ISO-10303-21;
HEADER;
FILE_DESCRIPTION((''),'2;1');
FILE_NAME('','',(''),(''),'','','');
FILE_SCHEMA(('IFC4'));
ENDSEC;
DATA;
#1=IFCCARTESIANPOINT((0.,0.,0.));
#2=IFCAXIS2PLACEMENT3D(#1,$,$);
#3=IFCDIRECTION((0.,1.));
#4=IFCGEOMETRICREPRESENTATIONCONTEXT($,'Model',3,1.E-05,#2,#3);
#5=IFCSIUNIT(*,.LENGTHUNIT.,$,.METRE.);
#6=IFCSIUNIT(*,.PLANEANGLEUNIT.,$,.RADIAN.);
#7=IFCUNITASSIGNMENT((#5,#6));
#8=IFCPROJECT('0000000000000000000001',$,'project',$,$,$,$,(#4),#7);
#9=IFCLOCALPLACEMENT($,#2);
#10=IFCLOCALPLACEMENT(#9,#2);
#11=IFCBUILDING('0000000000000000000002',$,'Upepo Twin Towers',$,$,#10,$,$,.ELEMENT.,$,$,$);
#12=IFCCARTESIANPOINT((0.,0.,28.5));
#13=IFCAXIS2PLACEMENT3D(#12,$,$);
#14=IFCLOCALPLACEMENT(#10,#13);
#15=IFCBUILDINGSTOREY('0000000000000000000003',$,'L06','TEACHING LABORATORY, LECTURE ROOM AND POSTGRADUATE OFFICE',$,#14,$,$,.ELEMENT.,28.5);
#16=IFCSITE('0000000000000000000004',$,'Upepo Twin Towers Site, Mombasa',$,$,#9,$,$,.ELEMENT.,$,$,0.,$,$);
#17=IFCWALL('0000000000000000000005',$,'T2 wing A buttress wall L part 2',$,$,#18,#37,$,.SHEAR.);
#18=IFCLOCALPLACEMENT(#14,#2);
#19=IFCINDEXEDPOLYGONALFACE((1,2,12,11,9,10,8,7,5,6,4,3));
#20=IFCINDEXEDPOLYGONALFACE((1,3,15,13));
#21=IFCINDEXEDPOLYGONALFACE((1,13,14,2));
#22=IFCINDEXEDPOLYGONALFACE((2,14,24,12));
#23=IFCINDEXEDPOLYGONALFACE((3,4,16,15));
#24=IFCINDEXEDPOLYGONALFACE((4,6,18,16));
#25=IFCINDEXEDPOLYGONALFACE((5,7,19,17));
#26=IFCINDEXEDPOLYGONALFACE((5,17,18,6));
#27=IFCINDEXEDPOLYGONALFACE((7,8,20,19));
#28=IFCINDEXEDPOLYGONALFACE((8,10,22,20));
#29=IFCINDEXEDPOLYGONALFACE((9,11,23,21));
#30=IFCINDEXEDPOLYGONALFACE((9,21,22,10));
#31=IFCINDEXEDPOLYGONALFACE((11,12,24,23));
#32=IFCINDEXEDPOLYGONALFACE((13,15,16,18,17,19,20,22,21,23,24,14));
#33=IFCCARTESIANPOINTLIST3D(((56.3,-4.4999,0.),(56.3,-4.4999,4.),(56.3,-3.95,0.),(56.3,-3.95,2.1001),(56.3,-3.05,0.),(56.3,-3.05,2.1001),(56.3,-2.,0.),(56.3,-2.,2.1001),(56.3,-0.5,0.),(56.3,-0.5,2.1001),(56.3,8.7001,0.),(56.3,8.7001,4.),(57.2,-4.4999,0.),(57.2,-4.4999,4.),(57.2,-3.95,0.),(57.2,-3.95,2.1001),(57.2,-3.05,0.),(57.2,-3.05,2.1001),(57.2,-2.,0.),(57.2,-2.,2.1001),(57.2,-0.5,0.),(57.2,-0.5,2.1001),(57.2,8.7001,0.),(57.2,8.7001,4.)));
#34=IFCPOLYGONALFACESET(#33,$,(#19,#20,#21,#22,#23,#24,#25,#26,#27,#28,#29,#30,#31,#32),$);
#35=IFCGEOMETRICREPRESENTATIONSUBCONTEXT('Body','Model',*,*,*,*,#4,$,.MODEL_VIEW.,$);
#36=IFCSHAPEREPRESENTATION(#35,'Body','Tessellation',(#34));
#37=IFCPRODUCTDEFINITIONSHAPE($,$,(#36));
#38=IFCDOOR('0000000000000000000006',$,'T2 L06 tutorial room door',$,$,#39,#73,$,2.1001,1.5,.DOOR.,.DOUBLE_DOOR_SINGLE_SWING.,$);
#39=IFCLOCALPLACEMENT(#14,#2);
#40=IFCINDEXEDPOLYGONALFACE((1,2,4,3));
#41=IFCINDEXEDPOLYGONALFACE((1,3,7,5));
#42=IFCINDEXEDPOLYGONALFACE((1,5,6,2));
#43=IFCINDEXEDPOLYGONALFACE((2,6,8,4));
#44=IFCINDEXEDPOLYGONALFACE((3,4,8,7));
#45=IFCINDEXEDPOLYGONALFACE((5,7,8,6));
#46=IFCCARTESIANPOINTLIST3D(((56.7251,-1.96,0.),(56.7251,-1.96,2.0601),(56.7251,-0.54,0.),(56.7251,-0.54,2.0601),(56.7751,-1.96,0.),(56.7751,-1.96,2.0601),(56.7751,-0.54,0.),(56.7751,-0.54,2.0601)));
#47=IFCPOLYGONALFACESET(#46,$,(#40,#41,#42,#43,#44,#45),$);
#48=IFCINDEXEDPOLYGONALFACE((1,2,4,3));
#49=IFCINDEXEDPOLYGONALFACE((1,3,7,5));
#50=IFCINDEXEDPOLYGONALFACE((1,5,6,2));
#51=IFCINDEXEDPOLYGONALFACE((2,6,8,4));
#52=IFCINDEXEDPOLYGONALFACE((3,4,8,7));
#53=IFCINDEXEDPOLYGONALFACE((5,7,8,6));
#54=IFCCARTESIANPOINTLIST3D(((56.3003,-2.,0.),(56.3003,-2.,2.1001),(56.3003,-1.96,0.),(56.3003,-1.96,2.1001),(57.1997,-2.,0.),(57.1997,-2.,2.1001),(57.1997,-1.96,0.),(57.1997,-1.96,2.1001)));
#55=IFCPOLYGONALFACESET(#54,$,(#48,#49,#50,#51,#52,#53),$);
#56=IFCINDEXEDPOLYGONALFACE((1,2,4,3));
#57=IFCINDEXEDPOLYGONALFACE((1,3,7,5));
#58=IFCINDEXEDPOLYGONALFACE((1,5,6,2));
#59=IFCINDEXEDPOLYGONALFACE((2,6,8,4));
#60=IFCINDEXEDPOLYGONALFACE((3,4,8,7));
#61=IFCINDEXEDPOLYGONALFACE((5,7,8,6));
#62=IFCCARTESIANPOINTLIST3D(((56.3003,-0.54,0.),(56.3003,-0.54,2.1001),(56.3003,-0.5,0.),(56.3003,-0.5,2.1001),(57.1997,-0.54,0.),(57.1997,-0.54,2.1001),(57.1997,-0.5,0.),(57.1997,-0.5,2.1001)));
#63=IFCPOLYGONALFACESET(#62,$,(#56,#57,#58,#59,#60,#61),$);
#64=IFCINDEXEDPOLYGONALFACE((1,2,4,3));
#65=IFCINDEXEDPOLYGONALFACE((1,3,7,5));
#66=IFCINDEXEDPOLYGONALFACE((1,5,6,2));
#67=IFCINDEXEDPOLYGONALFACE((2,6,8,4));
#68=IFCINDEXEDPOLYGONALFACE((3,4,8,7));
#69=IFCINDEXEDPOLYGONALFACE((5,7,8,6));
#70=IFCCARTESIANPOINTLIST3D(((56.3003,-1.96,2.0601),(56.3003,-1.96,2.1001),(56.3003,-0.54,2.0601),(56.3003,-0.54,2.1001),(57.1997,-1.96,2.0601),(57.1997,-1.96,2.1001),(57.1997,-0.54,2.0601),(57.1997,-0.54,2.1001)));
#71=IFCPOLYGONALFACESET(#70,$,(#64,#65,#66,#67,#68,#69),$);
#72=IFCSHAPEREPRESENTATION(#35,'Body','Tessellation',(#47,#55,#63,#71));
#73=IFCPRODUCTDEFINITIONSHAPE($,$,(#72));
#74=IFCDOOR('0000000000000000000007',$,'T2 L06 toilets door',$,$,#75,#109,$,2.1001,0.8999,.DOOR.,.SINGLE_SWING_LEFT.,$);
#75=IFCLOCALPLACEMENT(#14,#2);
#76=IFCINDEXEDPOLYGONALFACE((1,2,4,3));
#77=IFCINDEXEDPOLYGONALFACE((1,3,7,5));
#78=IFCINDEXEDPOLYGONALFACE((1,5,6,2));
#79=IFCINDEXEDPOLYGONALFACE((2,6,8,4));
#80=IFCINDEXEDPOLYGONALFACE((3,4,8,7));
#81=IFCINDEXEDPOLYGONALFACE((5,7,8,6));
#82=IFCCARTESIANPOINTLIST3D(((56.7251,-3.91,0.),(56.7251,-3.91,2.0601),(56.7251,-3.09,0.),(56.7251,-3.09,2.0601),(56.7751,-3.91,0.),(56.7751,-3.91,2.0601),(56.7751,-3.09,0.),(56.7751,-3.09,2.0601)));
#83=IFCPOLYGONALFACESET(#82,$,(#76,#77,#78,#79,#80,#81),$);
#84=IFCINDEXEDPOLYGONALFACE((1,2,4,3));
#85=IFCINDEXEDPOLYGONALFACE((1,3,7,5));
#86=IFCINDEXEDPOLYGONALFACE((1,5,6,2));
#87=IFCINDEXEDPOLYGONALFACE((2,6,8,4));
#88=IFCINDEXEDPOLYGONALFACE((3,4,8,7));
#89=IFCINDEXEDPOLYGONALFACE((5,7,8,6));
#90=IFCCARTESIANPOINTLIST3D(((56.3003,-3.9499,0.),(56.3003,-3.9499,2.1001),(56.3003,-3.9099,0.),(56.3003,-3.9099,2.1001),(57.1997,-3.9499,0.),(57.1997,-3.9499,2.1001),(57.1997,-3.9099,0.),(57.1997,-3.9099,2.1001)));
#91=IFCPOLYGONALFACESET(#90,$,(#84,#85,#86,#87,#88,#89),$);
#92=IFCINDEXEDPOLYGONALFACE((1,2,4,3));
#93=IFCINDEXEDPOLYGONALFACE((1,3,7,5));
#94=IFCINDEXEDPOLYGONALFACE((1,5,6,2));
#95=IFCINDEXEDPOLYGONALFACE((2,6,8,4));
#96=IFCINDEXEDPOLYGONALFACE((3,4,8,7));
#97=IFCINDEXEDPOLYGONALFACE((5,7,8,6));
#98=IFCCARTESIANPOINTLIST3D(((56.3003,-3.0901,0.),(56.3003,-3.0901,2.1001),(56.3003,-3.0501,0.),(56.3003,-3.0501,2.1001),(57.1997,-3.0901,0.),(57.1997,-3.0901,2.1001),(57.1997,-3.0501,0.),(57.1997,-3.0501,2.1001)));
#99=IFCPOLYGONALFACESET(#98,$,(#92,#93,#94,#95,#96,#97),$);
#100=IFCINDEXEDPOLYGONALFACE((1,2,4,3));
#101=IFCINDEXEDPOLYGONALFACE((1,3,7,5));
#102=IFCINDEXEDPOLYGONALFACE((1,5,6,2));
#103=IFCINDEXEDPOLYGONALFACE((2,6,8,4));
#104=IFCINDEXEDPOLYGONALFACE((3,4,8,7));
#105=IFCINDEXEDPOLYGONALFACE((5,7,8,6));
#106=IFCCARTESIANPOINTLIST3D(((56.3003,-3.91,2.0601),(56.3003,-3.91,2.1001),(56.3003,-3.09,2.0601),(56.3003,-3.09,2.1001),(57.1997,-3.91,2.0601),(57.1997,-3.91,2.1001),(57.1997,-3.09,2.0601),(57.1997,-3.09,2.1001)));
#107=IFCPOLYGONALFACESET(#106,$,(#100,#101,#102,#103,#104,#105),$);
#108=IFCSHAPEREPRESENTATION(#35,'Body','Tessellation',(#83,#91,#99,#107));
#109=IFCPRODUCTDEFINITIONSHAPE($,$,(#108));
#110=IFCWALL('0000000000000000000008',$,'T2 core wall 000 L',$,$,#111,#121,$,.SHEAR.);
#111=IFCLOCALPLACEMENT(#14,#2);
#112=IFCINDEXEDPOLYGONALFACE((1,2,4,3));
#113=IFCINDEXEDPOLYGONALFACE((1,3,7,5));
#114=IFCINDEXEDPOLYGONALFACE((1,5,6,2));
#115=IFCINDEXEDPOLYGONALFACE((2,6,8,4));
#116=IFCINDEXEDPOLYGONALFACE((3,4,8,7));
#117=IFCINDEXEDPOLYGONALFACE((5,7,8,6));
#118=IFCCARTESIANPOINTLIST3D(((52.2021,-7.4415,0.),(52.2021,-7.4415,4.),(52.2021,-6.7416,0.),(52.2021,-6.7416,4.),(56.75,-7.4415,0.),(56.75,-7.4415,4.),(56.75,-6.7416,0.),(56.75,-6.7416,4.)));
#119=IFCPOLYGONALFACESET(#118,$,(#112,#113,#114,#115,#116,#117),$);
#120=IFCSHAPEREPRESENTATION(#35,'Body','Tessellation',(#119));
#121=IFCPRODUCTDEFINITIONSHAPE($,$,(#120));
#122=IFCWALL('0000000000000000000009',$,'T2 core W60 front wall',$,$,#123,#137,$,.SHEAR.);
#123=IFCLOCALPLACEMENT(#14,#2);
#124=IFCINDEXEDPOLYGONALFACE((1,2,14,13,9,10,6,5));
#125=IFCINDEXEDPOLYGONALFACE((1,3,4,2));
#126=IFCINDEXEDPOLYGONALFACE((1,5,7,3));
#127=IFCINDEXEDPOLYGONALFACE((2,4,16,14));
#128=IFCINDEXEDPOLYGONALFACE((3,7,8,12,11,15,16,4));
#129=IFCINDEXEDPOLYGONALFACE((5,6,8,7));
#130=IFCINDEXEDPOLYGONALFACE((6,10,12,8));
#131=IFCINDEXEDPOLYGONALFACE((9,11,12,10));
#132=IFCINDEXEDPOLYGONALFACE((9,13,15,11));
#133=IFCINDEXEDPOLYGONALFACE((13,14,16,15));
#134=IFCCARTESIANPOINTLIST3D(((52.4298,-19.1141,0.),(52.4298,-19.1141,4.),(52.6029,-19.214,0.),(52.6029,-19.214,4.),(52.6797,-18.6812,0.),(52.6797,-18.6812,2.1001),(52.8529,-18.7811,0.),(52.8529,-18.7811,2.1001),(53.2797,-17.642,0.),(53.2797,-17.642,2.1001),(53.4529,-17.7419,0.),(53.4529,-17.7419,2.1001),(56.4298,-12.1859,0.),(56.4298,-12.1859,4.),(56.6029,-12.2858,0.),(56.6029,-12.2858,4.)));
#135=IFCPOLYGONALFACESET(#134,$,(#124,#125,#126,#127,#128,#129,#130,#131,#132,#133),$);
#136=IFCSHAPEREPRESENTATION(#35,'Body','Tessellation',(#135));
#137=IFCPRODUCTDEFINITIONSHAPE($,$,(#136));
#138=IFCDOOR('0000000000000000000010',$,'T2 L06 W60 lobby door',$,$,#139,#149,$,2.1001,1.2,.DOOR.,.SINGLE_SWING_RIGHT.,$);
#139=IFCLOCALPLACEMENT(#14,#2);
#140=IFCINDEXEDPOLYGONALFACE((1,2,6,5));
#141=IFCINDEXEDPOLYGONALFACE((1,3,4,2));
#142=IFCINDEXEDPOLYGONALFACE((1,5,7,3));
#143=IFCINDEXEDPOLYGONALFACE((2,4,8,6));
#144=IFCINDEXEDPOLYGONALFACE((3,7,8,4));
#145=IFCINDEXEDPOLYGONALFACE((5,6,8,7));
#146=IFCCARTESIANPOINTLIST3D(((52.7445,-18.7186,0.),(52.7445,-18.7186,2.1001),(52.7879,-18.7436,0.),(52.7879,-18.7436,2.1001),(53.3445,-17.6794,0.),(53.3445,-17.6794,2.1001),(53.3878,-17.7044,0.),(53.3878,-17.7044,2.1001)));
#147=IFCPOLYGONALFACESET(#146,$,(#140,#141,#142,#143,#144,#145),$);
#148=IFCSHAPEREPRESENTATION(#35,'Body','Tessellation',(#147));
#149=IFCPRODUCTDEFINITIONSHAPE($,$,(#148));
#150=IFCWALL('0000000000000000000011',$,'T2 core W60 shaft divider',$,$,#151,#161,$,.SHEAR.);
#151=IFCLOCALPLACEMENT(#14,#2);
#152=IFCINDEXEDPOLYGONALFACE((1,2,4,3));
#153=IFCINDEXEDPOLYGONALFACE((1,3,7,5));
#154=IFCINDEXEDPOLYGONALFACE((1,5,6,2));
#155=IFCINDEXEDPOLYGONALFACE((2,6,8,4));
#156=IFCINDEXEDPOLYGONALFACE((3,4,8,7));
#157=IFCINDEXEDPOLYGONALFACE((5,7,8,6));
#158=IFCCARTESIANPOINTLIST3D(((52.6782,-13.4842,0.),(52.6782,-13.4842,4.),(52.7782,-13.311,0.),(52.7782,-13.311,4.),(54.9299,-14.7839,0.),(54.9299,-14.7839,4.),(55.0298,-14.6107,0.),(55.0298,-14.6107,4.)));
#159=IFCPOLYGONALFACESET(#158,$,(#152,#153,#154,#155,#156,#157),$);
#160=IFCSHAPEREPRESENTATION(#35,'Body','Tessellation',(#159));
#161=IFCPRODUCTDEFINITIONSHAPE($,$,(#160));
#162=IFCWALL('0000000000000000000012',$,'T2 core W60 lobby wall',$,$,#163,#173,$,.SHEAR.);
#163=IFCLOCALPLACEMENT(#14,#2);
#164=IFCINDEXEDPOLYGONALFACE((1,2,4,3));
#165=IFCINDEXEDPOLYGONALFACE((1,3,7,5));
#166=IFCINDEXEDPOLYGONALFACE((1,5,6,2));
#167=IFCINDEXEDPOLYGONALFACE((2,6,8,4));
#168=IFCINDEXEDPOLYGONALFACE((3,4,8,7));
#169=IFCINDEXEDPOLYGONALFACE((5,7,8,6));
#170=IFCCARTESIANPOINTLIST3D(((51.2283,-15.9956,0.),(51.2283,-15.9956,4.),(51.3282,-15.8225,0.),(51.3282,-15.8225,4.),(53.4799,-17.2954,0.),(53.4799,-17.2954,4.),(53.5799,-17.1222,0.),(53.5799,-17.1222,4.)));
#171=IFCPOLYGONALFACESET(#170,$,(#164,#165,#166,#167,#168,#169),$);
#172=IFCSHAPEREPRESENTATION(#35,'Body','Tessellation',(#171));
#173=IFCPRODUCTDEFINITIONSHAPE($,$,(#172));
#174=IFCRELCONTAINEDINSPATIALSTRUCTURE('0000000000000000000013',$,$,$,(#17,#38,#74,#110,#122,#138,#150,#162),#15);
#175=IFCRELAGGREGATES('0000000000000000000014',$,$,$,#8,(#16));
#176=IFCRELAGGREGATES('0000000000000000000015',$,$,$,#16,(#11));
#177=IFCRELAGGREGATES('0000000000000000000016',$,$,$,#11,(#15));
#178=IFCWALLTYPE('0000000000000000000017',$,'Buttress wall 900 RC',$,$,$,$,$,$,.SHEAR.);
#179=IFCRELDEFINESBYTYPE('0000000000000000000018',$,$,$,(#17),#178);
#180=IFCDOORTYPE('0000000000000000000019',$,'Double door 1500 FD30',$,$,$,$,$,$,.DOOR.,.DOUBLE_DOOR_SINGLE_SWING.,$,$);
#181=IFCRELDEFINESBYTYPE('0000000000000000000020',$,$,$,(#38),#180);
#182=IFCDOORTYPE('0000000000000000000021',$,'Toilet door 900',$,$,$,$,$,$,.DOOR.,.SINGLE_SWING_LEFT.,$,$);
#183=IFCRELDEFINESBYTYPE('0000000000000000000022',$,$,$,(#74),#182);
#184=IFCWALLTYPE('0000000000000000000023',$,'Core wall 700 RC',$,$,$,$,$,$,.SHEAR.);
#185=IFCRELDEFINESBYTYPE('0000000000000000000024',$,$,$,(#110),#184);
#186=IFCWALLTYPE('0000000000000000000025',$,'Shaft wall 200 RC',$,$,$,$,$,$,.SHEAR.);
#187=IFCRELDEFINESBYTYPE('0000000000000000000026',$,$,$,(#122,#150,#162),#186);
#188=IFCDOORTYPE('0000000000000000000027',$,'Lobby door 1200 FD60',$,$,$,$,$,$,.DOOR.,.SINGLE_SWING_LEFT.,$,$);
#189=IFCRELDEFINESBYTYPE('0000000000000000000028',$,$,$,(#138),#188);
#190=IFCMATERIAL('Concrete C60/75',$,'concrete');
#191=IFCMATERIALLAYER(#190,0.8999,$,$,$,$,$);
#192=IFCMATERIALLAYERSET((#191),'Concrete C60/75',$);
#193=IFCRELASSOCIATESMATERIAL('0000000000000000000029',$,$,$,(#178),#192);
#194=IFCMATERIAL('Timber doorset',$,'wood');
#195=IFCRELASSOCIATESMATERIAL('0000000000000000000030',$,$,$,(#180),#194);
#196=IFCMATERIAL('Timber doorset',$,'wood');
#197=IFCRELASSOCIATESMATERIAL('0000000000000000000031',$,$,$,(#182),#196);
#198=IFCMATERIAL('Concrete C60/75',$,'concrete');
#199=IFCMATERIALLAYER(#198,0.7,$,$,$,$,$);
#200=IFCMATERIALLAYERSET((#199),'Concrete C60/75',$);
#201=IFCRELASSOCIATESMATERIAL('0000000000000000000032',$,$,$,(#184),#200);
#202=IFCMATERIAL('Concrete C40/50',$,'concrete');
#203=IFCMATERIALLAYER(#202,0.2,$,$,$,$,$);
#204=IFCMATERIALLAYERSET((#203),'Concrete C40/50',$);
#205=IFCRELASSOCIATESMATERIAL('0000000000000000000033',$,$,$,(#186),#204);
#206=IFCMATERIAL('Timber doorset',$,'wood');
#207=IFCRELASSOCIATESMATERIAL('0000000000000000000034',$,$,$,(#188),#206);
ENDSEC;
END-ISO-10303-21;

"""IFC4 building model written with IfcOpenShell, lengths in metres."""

from ifc_helpers import new_model, si_unit, direction, frame, frame_2d, origin, place, context, subcontext, project, spatial, rectangle, extrude, material, layer, layer_set, type_object, element, fill, save


model = new_model("IFC4")

# Units and contexts
model_context = context("Model", 3, precision=1e-05, world=origin(), true_north=direction((0.0, 1.0)))
body_context = subcontext(model_context, "Body", "Model", "MODEL_VIEW")
ifc_project = project(units=[si_unit("LENGTHUNIT", "METRE"), si_unit("PLANEANGLEUNIT", "RADIAN")], contexts=[model_context])

# Site, building, storey
site_placement = place(None, origin())
site = spatial("IfcSite", under=ifc_project, at=site_placement, Name="Upepo Twin Towers Site, Mombasa", CompositionType="ELEMENT", RefElevation=0.0)
building_placement = place(site_placement, origin())
building = spatial("IfcBuilding", under=site, at=building_placement, Name="Upepo Twin Towers", CompositionType="ELEMENT")
storey_placement = place(building_placement, frame((0.0, 0.0, 28.5)))
storey = spatial("IfcBuildingStorey", under=building, at=storey_placement, Name="L06", Description="TEACHING LABORATORY, LECTURE ROOM AND POSTGRADUATE OFFICE", CompositionType="ELEMENT", Elevation=28.5)

# Wall, openings, doors
ifc_material_1 = material(Name="Concrete C60/75", Category="concrete")
ifc_layer_1 = layer(ifc_material_1, 0.8999)
ifc_layer_set_1 = layer_set([ifc_layer_1], Name="Concrete C60/75")
wall_type_1 = type_object("IfcWallType", Name="Buttress wall 900 RC", PredefinedType="SHEAR", material=ifc_layer_set_1)
wall_1_placement = place(storey_placement, frame((56.75, -4.5, 0.0), z_axis=(0.0, 0.0, 1.0), x_axis=(0.0, 1.0, 0.0)))
wall_1 = element("IfcWall", 1, at=wall_1_placement, inside=storey, type_object=wall_type_1, Name="T2 wing A buttress wall L part 2", PredefinedType="SHEAR", context=body_context, shape_type="SweptSolid", body=[
    extrude(rectangle(XDim=13.2, YDim=0.8999, at=frame_2d((6.6001, 0.0))), origin(), (0.0, 0.0, 1.0), 4.0),
])
opening_1_placement = place(wall_1_placement, frame((0.55, 0.0, 0.0)))
opening_1 = element("IfcOpeningElement", 2, at=opening_1_placement, cuts=wall_1, PredefinedType="OPENING", context=body_context, shape_type="SweptSolid", body=[
    extrude(rectangle(XDim=0.8999, YDim=2.1001, at=frame_2d((0.45, 1.05))), frame((0.0, 0.46, 0.0), z_axis=(0.0, -1.0, 0.0), x_axis=(1.0, 0.0, 0.0)), (0.0, 0.0, 1.0), 0.9199),
])
opening_2_placement = place(wall_1_placement, frame((2.5, 0.0, 0.0)))
opening_2 = element("IfcOpeningElement", 3, at=opening_2_placement, cuts=wall_1, PredefinedType="OPENING", context=body_context, shape_type="SweptSolid", body=[
    extrude(rectangle(XDim=1.5, YDim=2.1001, at=frame_2d((0.75, 1.05))), frame((0.0, 0.46, 0.0), z_axis=(0.0, -1.0, 0.0), x_axis=(1.0, 0.0, 0.0)), (0.0, 0.0, 1.0), 0.9199),
])
ifc_material_2 = material(Name="Timber doorset", Category="wood")
door_type_1 = type_object("IfcDoorType", Name="Double door 1500 FD30", OperationType="DOUBLE_DOOR_SINGLE_SWING", PredefinedType="DOOR", material=ifc_material_2)
door_1_placement = place(opening_2_placement, origin())
door_1 = element("IfcDoor", 4, at=door_1_placement, inside=storey, type_object=door_type_1, Name="T2 L06 tutorial room door", OperationType="DOUBLE_DOOR_SINGLE_SWING", OverallHeight=2.1001, OverallWidth=1.5, PredefinedType="DOOR", context=body_context, shape_type="SweptSolid", body=[
    extrude(rectangle(XDim=1.42, YDim=2.0601, at=frame_2d((0.75, 1.03))), frame((0.0, 0.0249, 0.0), z_axis=(0.0, -1.0, 0.0), x_axis=(1.0, 0.0, 0.0)), (0.0, 0.0, 1.0), 0.05),
    extrude(rectangle(XDim=0.04, YDim=2.1001, at=frame_2d((0.02, 1.05))), frame((0.0, 0.4497, 0.0), z_axis=(0.0, -1.0, 0.0), x_axis=(1.0, 0.0, 0.0)), (0.0, 0.0, 1.0), 0.8994),
    extrude(rectangle(XDim=0.04, YDim=2.1001, at=frame_2d((1.48, 1.05))), frame((0.0, 0.4497, 0.0), z_axis=(0.0, -1.0, 0.0), x_axis=(1.0, 0.0, 0.0)), (0.0, 0.0, 1.0), 0.8994),
    extrude(rectangle(XDim=1.42, YDim=0.04, at=frame_2d((0.75, 2.0801))), frame((0.0, 0.4497, 0.0), z_axis=(0.0, -1.0, 0.0), x_axis=(1.0, 0.0, 0.0)), (0.0, 0.0, 1.0), 0.8994),
])
fill(opening_2, door_1)
ifc_material_3 = material(Name="Timber doorset", Category="wood")
door_type_2 = type_object("IfcDoorType", Name="Toilet door 900", OperationType="SINGLE_SWING_LEFT", PredefinedType="DOOR", material=ifc_material_3)
door_2_placement = place(opening_1_placement, origin())
door_2 = element("IfcDoor", 5, at=door_2_placement, inside=storey, type_object=door_type_2, Name="T2 L06 toilets door", OperationType="SINGLE_SWING_LEFT", OverallHeight=2.1001, OverallWidth=0.8999, PredefinedType="DOOR", context=body_context, shape_type="SweptSolid", body=[
    extrude(rectangle(XDim=0.8199, YDim=2.0601, at=frame_2d((0.45, 1.03))), frame((0.0, 0.0249, 0.0), z_axis=(0.0, -1.0, 0.0), x_axis=(1.0, 0.0, 0.0)), (0.0, 0.0, 1.0), 0.05),
    extrude(rectangle(XDim=0.04, YDim=2.1001, at=frame_2d((0.02, 1.05))), frame((0.0, 0.4497, 0.0), z_axis=(0.0, -1.0, 0.0), x_axis=(1.0, 0.0, 0.0)), (0.0, 0.0, 1.0), 0.8994),
    extrude(rectangle(XDim=0.04, YDim=2.1001, at=frame_2d((0.8799, 1.05))), frame((0.0, 0.4497, 0.0), z_axis=(0.0, -1.0, 0.0), x_axis=(1.0, 0.0, 0.0)), (0.0, 0.0, 1.0), 0.8994),
    extrude(rectangle(XDim=0.8199, YDim=0.04, at=frame_2d((0.45, 2.0801))), frame((0.0, 0.4497, 0.0), z_axis=(0.0, -1.0, 0.0), x_axis=(1.0, 0.0, 0.0)), (0.0, 0.0, 1.0), 0.8994),
])
fill(opening_1, door_2)

# Wall
ifc_material_4 = material(Name="Concrete C60/75", Category="concrete")
ifc_layer_2 = layer(ifc_material_4, 0.7)
ifc_layer_set_2 = layer_set([ifc_layer_2], Name="Concrete C60/75")
wall_type_2 = type_object("IfcWallType", Name="Core wall 700 RC", PredefinedType="SHEAR", material=ifc_layer_set_2)
wall_2_placement = place(storey_placement, frame((56.75, -7.0916, 0.0), z_axis=(0.0, 0.0, 1.0), x_axis=(-1.0, 0.0, 0.0)))
element("IfcWall", 6, at=wall_2_placement, inside=storey, type_object=wall_type_2, Name="T2 core wall 000 L", PredefinedType="SHEAR", context=body_context, shape_type="SweptSolid", body=[
    extrude(rectangle(XDim=4.5479, YDim=0.7, at=frame_2d((2.2739, 0.0))), origin(), (0.0, 0.0, 1.0), 4.0),
])

# Wall, opening, door
ifc_material_5 = material(Name="Concrete C40/50", Category="concrete")
ifc_layer_3 = layer(ifc_material_5, 0.2)
ifc_layer_set_3 = layer_set([ifc_layer_3], Name="Concrete C40/50")
wall_type_3 = type_object("IfcWallType", Name="Shaft wall 200 RC", PredefinedType="SHEAR", material=ifc_layer_set_3)
wall_3_placement = place(storey_placement, frame((56.5164, -12.2358, 0.0), z_axis=(0.0, 0.0, 1.0), x_axis=(-0.499999, -0.866026, 0.0)))
wall_3 = element("IfcWall", 7, at=wall_3_placement, inside=storey, type_object=wall_type_3, Name="T2 core W60 front wall", PredefinedType="SHEAR", context=body_context, shape_type="SweptSolid", body=[
    extrude(rectangle(XDim=8.0, YDim=0.2, at=frame_2d((4.0, 0.0))), origin(), (0.0, 0.0, 1.0), 4.0),
])
opening_3_placement = place(wall_3_placement, frame((6.3, 0.0, 0.0)))
opening_3 = element("IfcOpeningElement", 8, at=opening_3_placement, cuts=wall_3, PredefinedType="OPENING", context=body_context, shape_type="SweptSolid", body=[
    extrude(rectangle(XDim=1.2, YDim=2.1001, at=frame_2d((0.6001, 1.05))), frame((0.0, 0.1099, 0.0), z_axis=(0.0, -1.0, 0.0), x_axis=(1.0, 0.0, 0.0)), (0.0, 0.0, 1.0), 0.22),
])
ifc_material_6 = material(Name="Timber doorset", Category="wood")
door_type_3 = type_object("IfcDoorType", Name="Lobby door 1200 FD60", OperationType="SINGLE_SWING_LEFT", PredefinedType="DOOR", material=ifc_material_6)
door_3_placement = place(opening_3_placement, origin())
door_3 = element("IfcDoor", 9, at=door_3_placement, inside=storey, type_object=door_type_3, Name="T2 L06 W60 lobby door", OperationType="SINGLE_SWING_RIGHT", OverallHeight=2.1001, OverallWidth=1.2, PredefinedType="DOOR", context=body_context, shape_type="SweptSolid", body=[
    extrude(rectangle(XDim=1.2, YDim=2.1001, at=frame_2d((0.6001, 1.05))), frame((0.0, 0.0249, 0.0), z_axis=(0.0, -1.0, 0.0), x_axis=(1.0, 0.0, 0.0)), (0.0, 0.0, 1.0), 0.05),
])
fill(opening_3, door_3)

# Walls
for number, where, z_axis, x_axis, name in (
    (10, (54.9797, -14.6973, 0.0), (0.0, 0.0, 1.0), (-0.866062, 0.499937, 0.0), "T2 core W60 shaft divider"),
    (11, (53.5298, -17.2087, 0.0), (0.0, 0.0, 1.0), (-0.866062, 0.499937, 0.0), "T2 core W60 lobby wall"),
):
    element("IfcWall", number, at=place(storey_placement, frame(where, z_axis=z_axis, x_axis=x_axis)), inside=storey, type_object=wall_type_3, Name=name, PredefinedType="SHEAR", context=body_context, shape_type="SweptSolid", body=[
        extrude(rectangle(XDim=2.5999, YDim=0.2, at=frame_2d((1.2998, 0.0))), origin(), (0.0, 0.0, 1.0), 4.0),
    ])

save(model, "model.ifc")
